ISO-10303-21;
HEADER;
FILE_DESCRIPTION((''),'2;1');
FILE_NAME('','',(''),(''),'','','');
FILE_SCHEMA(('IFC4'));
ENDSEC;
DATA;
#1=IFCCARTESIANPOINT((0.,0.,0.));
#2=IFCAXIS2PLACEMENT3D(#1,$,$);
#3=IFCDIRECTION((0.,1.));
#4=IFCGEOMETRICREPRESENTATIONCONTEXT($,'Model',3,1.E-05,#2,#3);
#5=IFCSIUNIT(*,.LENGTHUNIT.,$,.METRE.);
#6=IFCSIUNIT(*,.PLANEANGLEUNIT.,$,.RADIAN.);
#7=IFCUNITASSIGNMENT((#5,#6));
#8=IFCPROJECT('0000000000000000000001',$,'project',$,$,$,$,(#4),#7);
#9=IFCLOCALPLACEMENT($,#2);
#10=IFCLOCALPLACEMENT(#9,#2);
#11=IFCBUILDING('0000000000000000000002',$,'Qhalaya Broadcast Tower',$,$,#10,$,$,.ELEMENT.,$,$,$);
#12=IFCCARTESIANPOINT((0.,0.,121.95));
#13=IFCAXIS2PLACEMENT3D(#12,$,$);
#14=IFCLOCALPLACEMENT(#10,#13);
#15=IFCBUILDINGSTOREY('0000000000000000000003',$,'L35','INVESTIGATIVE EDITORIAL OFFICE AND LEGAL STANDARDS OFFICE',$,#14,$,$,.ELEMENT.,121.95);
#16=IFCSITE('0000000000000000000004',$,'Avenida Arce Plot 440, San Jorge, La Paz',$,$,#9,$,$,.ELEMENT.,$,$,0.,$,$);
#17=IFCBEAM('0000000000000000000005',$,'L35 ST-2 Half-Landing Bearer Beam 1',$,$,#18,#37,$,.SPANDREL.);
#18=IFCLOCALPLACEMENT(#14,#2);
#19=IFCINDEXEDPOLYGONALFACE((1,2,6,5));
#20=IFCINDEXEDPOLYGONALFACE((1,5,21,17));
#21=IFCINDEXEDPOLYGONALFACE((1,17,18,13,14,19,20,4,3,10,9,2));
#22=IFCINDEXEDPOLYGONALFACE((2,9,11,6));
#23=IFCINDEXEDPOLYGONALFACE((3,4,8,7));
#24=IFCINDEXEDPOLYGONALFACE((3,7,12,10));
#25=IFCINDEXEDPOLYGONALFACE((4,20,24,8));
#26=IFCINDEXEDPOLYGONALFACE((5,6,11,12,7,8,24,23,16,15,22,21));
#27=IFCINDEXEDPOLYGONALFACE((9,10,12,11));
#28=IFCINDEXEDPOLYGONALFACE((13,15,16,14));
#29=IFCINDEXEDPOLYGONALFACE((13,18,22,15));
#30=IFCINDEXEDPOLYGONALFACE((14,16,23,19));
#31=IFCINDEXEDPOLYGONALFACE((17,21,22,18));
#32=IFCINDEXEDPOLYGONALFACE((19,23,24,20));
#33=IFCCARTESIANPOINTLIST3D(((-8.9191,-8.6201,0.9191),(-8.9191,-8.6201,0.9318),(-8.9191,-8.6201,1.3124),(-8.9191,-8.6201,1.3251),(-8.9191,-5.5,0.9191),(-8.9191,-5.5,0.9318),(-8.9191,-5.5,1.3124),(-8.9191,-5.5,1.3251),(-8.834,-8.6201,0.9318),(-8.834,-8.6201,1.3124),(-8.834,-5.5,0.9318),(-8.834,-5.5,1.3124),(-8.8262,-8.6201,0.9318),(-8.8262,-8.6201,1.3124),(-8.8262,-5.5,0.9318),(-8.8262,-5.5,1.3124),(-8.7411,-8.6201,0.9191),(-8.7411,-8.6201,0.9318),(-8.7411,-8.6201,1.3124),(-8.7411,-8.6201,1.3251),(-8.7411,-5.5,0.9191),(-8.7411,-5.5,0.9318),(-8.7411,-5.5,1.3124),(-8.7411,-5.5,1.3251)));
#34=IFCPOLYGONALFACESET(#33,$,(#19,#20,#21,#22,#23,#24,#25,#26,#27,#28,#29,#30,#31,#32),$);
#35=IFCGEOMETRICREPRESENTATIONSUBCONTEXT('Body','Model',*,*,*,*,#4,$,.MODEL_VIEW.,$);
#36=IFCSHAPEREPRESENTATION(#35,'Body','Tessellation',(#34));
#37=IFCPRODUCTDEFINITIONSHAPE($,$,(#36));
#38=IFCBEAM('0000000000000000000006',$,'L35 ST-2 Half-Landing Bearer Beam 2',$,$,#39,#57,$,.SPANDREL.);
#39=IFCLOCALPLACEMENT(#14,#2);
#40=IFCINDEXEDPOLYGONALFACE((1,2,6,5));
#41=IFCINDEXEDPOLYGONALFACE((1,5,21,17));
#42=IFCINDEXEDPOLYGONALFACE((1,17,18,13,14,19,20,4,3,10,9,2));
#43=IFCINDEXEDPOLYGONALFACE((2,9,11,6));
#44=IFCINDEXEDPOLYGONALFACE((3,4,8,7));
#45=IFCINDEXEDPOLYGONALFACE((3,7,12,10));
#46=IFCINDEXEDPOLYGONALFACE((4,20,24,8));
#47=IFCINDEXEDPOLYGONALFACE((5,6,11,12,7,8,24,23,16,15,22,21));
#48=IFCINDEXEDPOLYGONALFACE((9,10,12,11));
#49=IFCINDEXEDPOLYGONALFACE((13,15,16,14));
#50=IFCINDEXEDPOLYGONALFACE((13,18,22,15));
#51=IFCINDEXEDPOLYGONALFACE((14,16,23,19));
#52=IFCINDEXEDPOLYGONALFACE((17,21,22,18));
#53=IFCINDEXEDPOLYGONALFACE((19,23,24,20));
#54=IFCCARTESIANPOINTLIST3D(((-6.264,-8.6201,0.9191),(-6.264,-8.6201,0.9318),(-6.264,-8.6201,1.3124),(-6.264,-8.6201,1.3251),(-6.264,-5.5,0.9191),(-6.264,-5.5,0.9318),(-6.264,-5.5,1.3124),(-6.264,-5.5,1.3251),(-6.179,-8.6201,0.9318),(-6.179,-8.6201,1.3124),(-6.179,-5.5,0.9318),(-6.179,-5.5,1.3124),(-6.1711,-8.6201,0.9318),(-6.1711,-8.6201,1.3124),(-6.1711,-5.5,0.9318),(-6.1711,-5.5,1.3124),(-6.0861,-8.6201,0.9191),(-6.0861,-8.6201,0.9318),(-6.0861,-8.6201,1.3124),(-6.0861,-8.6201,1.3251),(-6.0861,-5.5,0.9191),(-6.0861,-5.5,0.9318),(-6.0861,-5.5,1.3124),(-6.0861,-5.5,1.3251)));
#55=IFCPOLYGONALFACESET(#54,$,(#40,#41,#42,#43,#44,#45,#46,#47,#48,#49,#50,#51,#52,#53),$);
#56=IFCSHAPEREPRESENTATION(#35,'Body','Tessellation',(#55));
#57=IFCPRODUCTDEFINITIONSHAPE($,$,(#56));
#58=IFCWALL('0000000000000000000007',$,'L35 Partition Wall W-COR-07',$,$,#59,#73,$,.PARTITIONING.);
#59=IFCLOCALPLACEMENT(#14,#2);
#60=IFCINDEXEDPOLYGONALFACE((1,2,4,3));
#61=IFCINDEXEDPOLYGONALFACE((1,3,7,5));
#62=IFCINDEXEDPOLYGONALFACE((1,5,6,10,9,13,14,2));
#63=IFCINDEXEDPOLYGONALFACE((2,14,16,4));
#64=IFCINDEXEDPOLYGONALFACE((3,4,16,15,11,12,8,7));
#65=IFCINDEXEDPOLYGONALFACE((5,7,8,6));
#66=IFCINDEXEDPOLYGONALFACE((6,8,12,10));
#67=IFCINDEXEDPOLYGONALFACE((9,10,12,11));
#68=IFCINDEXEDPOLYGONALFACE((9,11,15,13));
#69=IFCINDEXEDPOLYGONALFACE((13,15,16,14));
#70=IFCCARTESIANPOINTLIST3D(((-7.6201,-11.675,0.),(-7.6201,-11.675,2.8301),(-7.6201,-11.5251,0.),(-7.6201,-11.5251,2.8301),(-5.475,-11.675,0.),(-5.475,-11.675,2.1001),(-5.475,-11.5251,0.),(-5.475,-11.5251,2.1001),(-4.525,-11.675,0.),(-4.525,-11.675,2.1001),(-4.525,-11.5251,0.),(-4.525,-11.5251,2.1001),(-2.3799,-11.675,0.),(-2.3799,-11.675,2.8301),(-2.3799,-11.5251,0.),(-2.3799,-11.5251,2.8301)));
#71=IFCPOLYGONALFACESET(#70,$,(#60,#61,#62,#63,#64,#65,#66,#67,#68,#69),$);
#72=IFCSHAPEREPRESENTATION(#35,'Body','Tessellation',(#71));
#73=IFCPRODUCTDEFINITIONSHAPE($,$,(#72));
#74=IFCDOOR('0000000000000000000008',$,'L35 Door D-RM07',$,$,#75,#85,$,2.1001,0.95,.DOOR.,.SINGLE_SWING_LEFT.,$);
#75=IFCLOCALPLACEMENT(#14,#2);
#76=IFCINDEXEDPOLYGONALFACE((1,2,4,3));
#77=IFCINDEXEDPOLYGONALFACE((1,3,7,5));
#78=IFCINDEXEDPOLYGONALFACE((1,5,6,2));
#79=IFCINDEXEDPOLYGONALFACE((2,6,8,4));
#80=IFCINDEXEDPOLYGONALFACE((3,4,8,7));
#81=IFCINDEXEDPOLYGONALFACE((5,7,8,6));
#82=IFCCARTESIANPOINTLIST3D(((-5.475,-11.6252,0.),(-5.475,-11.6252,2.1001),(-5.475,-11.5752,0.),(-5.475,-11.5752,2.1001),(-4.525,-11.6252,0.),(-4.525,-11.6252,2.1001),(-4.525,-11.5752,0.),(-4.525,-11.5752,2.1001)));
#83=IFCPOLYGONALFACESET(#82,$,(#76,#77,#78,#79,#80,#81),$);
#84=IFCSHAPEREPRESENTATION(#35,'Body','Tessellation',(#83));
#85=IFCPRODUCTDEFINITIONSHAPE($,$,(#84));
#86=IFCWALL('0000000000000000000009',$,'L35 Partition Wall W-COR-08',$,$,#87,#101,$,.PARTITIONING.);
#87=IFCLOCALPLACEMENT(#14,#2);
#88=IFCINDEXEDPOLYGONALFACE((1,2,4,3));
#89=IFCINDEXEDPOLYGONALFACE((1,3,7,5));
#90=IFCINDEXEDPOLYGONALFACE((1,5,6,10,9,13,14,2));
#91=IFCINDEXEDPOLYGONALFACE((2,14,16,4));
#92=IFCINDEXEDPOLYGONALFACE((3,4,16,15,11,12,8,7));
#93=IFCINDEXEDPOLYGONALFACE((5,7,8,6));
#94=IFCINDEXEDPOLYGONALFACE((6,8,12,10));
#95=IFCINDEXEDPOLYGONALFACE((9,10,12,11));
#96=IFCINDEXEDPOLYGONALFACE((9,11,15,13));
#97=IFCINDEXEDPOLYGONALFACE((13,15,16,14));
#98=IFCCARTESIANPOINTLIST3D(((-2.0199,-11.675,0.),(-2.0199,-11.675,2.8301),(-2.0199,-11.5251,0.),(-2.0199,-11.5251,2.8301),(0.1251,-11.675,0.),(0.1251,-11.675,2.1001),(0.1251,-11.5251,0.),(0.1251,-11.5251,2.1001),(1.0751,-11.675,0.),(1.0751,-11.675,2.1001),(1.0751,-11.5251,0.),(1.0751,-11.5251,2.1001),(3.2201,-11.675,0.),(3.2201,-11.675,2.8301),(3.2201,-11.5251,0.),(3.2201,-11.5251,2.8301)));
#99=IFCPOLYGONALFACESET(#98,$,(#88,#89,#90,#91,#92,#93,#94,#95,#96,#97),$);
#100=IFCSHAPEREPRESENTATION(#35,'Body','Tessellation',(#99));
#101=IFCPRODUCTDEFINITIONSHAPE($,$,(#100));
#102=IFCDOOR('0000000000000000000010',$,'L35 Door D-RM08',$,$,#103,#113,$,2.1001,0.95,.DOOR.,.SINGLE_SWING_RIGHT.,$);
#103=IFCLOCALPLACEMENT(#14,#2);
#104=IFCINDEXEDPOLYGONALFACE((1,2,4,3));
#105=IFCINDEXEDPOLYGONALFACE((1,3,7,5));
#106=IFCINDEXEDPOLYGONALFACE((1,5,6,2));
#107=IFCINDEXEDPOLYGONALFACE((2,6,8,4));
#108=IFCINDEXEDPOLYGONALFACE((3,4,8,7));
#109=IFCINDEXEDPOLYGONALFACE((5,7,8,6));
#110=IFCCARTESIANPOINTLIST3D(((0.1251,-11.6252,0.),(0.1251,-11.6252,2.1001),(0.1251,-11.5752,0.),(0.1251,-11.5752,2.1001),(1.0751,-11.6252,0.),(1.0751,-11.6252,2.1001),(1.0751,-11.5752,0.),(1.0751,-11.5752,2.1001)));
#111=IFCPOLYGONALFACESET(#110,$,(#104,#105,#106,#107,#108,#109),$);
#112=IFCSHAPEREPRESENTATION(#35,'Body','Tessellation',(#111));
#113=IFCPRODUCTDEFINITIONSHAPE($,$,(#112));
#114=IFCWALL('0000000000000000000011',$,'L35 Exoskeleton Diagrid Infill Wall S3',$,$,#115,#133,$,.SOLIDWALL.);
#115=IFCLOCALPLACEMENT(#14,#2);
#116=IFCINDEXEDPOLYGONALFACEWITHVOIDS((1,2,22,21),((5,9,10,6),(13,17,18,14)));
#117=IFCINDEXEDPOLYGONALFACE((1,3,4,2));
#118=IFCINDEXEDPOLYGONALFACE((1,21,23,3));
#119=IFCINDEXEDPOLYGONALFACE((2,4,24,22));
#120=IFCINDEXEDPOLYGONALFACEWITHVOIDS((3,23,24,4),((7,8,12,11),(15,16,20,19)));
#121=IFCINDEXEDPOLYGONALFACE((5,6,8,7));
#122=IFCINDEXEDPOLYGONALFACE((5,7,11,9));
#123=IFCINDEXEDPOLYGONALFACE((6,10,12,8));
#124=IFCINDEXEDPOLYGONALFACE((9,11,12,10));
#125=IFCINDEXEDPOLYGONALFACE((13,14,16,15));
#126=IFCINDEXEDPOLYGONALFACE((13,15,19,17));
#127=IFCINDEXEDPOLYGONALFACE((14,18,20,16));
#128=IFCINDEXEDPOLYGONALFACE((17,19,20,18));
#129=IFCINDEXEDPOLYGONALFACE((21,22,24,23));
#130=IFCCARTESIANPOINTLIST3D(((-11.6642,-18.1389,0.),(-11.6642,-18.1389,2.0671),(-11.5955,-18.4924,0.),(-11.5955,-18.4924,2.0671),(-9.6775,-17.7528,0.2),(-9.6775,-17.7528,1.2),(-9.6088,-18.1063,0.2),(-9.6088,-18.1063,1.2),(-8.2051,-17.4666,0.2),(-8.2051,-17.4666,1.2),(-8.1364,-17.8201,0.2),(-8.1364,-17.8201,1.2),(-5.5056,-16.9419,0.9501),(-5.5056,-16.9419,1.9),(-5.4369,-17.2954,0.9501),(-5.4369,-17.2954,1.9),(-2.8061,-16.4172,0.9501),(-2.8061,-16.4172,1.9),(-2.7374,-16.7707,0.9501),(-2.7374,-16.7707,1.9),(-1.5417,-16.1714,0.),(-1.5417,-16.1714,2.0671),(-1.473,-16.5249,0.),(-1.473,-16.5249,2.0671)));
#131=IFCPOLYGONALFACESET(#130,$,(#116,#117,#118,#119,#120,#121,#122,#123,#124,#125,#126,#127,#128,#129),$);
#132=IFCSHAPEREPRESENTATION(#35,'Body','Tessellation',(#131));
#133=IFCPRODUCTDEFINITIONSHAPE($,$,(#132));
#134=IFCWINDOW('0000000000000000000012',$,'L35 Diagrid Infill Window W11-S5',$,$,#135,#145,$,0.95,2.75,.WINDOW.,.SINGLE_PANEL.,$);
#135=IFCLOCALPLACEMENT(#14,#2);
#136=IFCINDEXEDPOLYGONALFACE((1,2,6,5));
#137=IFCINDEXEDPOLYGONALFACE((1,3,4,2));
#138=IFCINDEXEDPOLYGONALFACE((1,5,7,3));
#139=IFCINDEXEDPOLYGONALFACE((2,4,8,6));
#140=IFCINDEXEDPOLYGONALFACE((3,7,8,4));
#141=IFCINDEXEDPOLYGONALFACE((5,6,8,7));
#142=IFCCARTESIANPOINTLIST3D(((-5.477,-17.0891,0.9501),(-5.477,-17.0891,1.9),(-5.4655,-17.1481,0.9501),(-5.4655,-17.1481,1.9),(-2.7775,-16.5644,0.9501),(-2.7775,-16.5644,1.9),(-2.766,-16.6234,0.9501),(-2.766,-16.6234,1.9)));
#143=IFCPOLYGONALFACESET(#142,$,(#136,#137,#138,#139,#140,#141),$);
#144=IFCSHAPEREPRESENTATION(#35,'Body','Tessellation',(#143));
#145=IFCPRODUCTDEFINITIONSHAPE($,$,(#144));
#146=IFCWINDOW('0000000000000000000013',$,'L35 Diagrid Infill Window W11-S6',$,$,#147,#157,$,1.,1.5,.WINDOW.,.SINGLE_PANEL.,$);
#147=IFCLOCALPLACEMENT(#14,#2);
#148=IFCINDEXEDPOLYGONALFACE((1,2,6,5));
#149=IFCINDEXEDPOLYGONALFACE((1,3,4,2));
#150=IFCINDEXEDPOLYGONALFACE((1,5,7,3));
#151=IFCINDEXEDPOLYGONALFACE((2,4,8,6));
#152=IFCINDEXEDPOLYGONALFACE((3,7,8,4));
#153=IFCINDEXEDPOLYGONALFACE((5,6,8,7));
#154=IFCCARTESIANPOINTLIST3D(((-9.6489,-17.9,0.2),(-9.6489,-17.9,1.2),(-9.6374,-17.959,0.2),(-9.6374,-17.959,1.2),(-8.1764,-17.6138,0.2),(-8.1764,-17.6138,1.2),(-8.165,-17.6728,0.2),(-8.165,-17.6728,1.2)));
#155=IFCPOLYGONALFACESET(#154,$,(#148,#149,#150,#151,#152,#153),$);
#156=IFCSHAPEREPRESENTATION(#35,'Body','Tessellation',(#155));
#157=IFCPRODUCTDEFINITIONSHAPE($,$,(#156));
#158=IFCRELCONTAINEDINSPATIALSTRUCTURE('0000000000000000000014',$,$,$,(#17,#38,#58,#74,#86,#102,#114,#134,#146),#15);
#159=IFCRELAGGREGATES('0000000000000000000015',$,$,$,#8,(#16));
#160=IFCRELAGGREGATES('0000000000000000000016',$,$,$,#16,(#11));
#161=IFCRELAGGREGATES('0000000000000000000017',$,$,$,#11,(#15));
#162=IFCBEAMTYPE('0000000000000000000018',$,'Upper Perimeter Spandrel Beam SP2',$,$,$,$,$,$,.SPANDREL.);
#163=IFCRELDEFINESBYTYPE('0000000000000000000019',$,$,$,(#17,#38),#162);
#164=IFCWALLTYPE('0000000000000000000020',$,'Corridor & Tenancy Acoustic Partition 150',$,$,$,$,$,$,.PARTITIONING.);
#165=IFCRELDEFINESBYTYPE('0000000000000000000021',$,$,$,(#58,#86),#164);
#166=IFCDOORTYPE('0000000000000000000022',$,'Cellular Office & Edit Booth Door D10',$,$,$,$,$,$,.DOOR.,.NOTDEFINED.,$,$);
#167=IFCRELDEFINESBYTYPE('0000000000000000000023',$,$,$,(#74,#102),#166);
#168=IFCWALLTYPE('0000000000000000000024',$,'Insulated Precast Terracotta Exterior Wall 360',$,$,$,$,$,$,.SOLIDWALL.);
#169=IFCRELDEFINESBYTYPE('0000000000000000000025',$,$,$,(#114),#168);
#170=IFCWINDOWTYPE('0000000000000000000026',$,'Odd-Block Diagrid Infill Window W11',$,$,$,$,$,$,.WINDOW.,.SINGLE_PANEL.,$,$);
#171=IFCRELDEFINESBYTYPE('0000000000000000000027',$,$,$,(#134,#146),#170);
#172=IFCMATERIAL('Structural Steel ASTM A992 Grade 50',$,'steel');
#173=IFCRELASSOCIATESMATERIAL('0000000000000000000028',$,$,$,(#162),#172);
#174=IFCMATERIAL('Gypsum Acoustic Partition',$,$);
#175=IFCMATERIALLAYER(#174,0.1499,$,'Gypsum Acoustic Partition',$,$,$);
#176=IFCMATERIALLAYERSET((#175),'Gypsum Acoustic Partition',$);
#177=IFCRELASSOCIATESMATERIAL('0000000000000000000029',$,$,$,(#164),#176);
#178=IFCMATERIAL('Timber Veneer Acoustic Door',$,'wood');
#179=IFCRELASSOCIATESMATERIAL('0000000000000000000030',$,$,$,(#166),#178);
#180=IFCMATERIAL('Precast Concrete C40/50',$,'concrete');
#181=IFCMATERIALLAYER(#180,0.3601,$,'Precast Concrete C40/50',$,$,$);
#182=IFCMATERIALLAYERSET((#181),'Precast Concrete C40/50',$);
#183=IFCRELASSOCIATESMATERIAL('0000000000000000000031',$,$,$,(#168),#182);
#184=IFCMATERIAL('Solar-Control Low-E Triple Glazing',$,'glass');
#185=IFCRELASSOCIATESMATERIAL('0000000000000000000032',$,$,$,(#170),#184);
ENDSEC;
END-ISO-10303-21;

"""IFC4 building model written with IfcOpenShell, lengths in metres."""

from ifc_helpers import new_model, si_unit, direction, frame, frame_2d, origin, origin_2d, place, context, subcontext, project, spatial, rectangle, i_section, extrude, material, layer, layer_set, material_profile, profile_set, type_object, element, fill, save


model = new_model("IFC4")

# Units and contexts
model_context = context("Model", 3, precision=1e-05, world=origin(), true_north=direction((0.0, 1.0)))
body_context = subcontext(model_context, "Body", "Model", "MODEL_VIEW")
ifc_project = project(units=[si_unit("LENGTHUNIT", "METRE"), si_unit("PLANEANGLEUNIT", "RADIAN")], contexts=[model_context])

# Site, building, storey
site_placement = place(None, origin())
site = spatial("IfcSite", under=ifc_project, at=site_placement, Name="Avenida Arce Plot 440, San Jorge, La Paz", CompositionType="ELEMENT", RefElevation=0.0)
building_placement = place(site_placement, origin())
building = spatial("IfcBuilding", under=site, at=building_placement, Name="Qhalaya Broadcast Tower", CompositionType="ELEMENT")
storey_placement = place(building_placement, frame((0.0, 0.0, 121.95)))
storey = spatial("IfcBuildingStorey", under=building, at=storey_placement, Name="L35", Description="INVESTIGATIVE EDITORIAL OFFICE AND LEGAL STANDARDS OFFICE", CompositionType="ELEMENT", Elevation=121.95)

# Beams
ifc_material_1 = material(Name="Structural Steel ASTM A992 Grade 50", Category="steel")
ifc_material_profile_1 = material_profile(ifc_material_1, i_section(OverallWidth=0.178, OverallDepth=0.406, WebThickness=0.0078, FlangeThickness=0.0127, at=origin_2d()), Name="W16X40")
ifc_profile_set_1 = profile_set([ifc_material_profile_1], Name="Structural Steel ASTM A992 Grade 50")
beam_type_1 = type_object("IfcBeamType", Name="Upper Perimeter Spandrel Beam SP2", PredefinedType="SPANDREL", material=ifc_profile_set_1)
for number, where, z_axis, x_axis, name in (
    (1, (-8.8301, -8.6201, 1.1221), (0.0, 1.0, 0.0), (-1.0, 0.0, 0.0), "L35 ST-2 Half-Landing Bearer Beam 1"),
    (2, (-6.175, -8.6201, 1.1221), (0.0, 1.0, 0.0), (-1.0, 0.0, 0.0), "L35 ST-2 Half-Landing Bearer Beam 2"),
):
    element("IfcBeam", number, at=place(storey_placement, frame(where, z_axis=z_axis, x_axis=x_axis)), inside=storey, type_object=beam_type_1, Name=name, PredefinedType="SPANDREL", context=body_context, shape_type="SweptSolid", body=[
        extrude(i_section(OverallWidth=0.178, OverallDepth=0.406, WebThickness=0.0078, FlangeThickness=0.0127, at=origin_2d()), origin(), (0.0, 0.0, 1.0), 3.1201),
    ])

# Walls, openings, doors
ifc_material_2 = material(Name="Gypsum Acoustic Partition")
ifc_layer_1 = layer(ifc_material_2, 0.1499, Name="Gypsum Acoustic Partition")
ifc_layer_set_1 = layer_set([ifc_layer_1], Name="Gypsum Acoustic Partition")
wall_type_1 = type_object("IfcWallType", Name="Corridor & Tenancy Acoustic Partition 150", PredefinedType="PARTITIONING", material=ifc_layer_set_1)
wall_1_placement = place(storey_placement, frame((-7.6201, -11.6001, 0.0), z_axis=(0.0, 0.0, 1.0), x_axis=(1.0, 0.0, 0.0)))
wall_1 = element("IfcWall", 3, at=wall_1_placement, inside=storey, type_object=wall_type_1, Name="L35 Partition Wall W-COR-07", PredefinedType="PARTITIONING", context=body_context, shape_type="SweptSolid", body=[
    extrude(rectangle(XDim=5.2402, YDim=0.1499, at=frame_2d((2.6201, 0.0))), origin(), (0.0, 0.0, 1.0), 2.8301),
])
opening_1_placement = place(wall_1_placement, frame((2.145, 0.0, 0.0)))
opening_1 = element("IfcOpeningElement", 4, at=opening_1_placement, cuts=wall_1, PredefinedType="OPENING", context=body_context, shape_type="SweptSolid", body=[
    extrude(rectangle(XDim=0.95, YDim=2.1001, at=frame_2d((0.4751, 1.05))), frame((0.0, 0.0869, 0.0), z_axis=(0.0, -1.0, 0.0), x_axis=(1.0, 0.0, 0.0)), (0.0, 0.0, 1.0), 0.1738),
])
ifc_material_3 = material(Name="Timber Veneer Acoustic Door", Category="wood")
door_type_1 = type_object("IfcDoorType", Name="Cellular Office & Edit Booth Door D10", OperationType="NOTDEFINED", PredefinedType="DOOR", material=ifc_material_3)
door_1_placement = place(opening_1_placement, origin())
door_1 = element("IfcDoor", 5, at=door_1_placement, inside=storey, type_object=door_type_1, Name="L35 Door D-RM07", OperationType="SINGLE_SWING_LEFT", OverallHeight=2.1001, OverallWidth=0.95, PredefinedType="DOOR", context=body_context, shape_type="SweptSolid", body=[
    extrude(rectangle(XDim=0.95, YDim=2.1001, at=frame_2d((0.4751, 1.05))), frame((0.0, 0.0249, 0.0), z_axis=(0.0, -1.0, 0.0), x_axis=(1.0, 0.0, 0.0)), (0.0, 0.0, 1.0), 0.05),
])
fill(opening_1, door_1)
wall_2_placement = place(storey_placement, frame((-2.02, -11.6001, 0.0), z_axis=(0.0, 0.0, 1.0), x_axis=(1.0, 0.0, 0.0)))
wall_2 = element("IfcWall", 6, at=wall_2_placement, inside=storey, type_object=wall_type_1, Name="L35 Partition Wall W-COR-08", PredefinedType="PARTITIONING", context=body_context, shape_type="SweptSolid", body=[
    extrude(rectangle(XDim=5.24, YDim=0.1499, at=frame_2d((2.6201, 0.0))), origin(), (0.0, 0.0, 1.0), 2.8301),
])
opening_2_placement = place(wall_2_placement, frame((2.145, 0.0, 0.0)))
opening_2 = element("IfcOpeningElement", 7, at=opening_2_placement, cuts=wall_2, PredefinedType="OPENING", context=body_context, shape_type="SweptSolid", body=[
    extrude(rectangle(XDim=0.95, YDim=2.1001, at=frame_2d((0.4751, 1.05))), frame((0.0, 0.0869, 0.0), z_axis=(0.0, -1.0, 0.0), x_axis=(1.0, 0.0, 0.0)), (0.0, 0.0, 1.0), 0.1738),
])
door_2_placement = place(opening_2_placement, origin())
door_2 = element("IfcDoor", 8, at=door_2_placement, inside=storey, type_object=door_type_1, Name="L35 Door D-RM08", OperationType="SINGLE_SWING_RIGHT", OverallHeight=2.1001, OverallWidth=0.95, PredefinedType="DOOR", context=body_context, shape_type="SweptSolid", body=[
    extrude(rectangle(XDim=0.95, YDim=2.1001, at=frame_2d((0.4751, 1.05))), frame((0.0, 0.0249, 0.0), z_axis=(0.0, -1.0, 0.0), x_axis=(1.0, 0.0, 0.0)), (0.0, 0.0, 1.0), 0.05),
])
fill(opening_2, door_2)

# Wall, openings, windows
ifc_material_4 = material(Name="Precast Concrete C40/50", Category="concrete")
ifc_layer_2 = layer(ifc_material_4, 0.3601, Name="Precast Concrete C40/50")
ifc_layer_set_2 = layer_set([ifc_layer_2], Name="Precast Concrete C40/50")
wall_type_2 = type_object("IfcWallType", Name="Insulated Precast Terracotta Exterior Wall 360", PredefinedType="SOLIDWALL", material=ifc_layer_set_2)
wall_3_placement = place(storey_placement, frame((-1.5073, -16.3481, 0.0), z_axis=(0.0, 0.0, 1.0), x_axis=(-0.981629, -0.1908, 0.0)))
wall_3 = element("IfcWall", 9, at=wall_3_placement, inside=storey, type_object=wall_type_2, Name="L35 Exoskeleton Diagrid Infill Wall S3", PredefinedType="SOLIDWALL", context=body_context, shape_type="SweptSolid", body=[
    extrude(rectangle(XDim=10.312, YDim=0.3601, at=frame_2d((5.156, 0.0))), origin(), (0.0, 0.0, 1.0), 2.0671),
])
opening_3_placement = place(wall_3_placement, frame((1.2881, 0.0, 0.95)))
opening_3 = element("IfcOpeningElement", 10, at=opening_3_placement, cuts=wall_3, PredefinedType="OPENING", context=body_context, shape_type="SweptSolid", body=[
    extrude(rectangle(XDim=2.75, YDim=0.95, at=frame_2d((1.375, 0.4751))), frame((0.0, 0.1921, 0.0), z_axis=(0.0, -1.0, 0.0), x_axis=(1.0, 0.0, 0.0)), (0.0, 0.0, 1.0), 0.384),
])
opening_4_placement = place(wall_3_placement, frame((6.7881, 0.0, 0.2)))
opening_4 = element("IfcOpeningElement", 11, at=opening_4_placement, cuts=wall_3, PredefinedType="OPENING", context=body_context, shape_type="SweptSolid", body=[
    extrude(rectangle(XDim=1.5, YDim=1.0, at=frame_2d((0.75, 0.5))), frame((0.0, 0.1921, 0.0), z_axis=(0.0, -1.0, 0.0), x_axis=(1.0, 0.0, 0.0)), (0.0, 0.0, 1.0), 0.384),
])
ifc_material_5 = material(Name="Solar-Control Low-E Triple Glazing", Category="glass")
window_type = type_object("IfcWindowType", Name="Odd-Block Diagrid Infill Window W11", PartitioningType="SINGLE_PANEL", PredefinedType="WINDOW", material=ifc_material_5)
window_1_placement = place(opening_3_placement, origin())
window_1 = element("IfcWindow", 12, at=window_1_placement, inside=storey, type_object=window_type, Name="L35 Diagrid Infill Window W11-S5", OverallHeight=0.95, OverallWidth=2.75, PartitioningType="SINGLE_PANEL", PredefinedType="WINDOW", context=body_context, shape_type="SweptSolid", body=[
    extrude(rectangle(XDim=2.75, YDim=0.95, at=frame_2d((1.375, 0.4751))), frame((0.0, 0.03, 0.0), z_axis=(0.0, -1.0, 0.0), x_axis=(1.0, 0.0, 0.0)), (0.0, 0.0, 1.0), 0.0601),
])
fill(opening_3, window_1)
window_2_placement = place(opening_4_placement, origin())
window_2 = element("IfcWindow", 13, at=window_2_placement, inside=storey, type_object=window_type, Name="L35 Diagrid Infill Window W11-S6", OverallHeight=1.0, OverallWidth=1.5, PartitioningType="SINGLE_PANEL", PredefinedType="WINDOW", context=body_context, shape_type="SweptSolid", body=[
    extrude(rectangle(XDim=1.5, YDim=1.0, at=frame_2d((0.75, 0.5))), frame((0.0, 0.03, 0.0), z_axis=(0.0, -1.0, 0.0), x_axis=(1.0, 0.0, 0.0)), (0.0, 0.0, 1.0), 0.0601),
])
fill(opening_4, window_2)

save(model, "model.ifc")
